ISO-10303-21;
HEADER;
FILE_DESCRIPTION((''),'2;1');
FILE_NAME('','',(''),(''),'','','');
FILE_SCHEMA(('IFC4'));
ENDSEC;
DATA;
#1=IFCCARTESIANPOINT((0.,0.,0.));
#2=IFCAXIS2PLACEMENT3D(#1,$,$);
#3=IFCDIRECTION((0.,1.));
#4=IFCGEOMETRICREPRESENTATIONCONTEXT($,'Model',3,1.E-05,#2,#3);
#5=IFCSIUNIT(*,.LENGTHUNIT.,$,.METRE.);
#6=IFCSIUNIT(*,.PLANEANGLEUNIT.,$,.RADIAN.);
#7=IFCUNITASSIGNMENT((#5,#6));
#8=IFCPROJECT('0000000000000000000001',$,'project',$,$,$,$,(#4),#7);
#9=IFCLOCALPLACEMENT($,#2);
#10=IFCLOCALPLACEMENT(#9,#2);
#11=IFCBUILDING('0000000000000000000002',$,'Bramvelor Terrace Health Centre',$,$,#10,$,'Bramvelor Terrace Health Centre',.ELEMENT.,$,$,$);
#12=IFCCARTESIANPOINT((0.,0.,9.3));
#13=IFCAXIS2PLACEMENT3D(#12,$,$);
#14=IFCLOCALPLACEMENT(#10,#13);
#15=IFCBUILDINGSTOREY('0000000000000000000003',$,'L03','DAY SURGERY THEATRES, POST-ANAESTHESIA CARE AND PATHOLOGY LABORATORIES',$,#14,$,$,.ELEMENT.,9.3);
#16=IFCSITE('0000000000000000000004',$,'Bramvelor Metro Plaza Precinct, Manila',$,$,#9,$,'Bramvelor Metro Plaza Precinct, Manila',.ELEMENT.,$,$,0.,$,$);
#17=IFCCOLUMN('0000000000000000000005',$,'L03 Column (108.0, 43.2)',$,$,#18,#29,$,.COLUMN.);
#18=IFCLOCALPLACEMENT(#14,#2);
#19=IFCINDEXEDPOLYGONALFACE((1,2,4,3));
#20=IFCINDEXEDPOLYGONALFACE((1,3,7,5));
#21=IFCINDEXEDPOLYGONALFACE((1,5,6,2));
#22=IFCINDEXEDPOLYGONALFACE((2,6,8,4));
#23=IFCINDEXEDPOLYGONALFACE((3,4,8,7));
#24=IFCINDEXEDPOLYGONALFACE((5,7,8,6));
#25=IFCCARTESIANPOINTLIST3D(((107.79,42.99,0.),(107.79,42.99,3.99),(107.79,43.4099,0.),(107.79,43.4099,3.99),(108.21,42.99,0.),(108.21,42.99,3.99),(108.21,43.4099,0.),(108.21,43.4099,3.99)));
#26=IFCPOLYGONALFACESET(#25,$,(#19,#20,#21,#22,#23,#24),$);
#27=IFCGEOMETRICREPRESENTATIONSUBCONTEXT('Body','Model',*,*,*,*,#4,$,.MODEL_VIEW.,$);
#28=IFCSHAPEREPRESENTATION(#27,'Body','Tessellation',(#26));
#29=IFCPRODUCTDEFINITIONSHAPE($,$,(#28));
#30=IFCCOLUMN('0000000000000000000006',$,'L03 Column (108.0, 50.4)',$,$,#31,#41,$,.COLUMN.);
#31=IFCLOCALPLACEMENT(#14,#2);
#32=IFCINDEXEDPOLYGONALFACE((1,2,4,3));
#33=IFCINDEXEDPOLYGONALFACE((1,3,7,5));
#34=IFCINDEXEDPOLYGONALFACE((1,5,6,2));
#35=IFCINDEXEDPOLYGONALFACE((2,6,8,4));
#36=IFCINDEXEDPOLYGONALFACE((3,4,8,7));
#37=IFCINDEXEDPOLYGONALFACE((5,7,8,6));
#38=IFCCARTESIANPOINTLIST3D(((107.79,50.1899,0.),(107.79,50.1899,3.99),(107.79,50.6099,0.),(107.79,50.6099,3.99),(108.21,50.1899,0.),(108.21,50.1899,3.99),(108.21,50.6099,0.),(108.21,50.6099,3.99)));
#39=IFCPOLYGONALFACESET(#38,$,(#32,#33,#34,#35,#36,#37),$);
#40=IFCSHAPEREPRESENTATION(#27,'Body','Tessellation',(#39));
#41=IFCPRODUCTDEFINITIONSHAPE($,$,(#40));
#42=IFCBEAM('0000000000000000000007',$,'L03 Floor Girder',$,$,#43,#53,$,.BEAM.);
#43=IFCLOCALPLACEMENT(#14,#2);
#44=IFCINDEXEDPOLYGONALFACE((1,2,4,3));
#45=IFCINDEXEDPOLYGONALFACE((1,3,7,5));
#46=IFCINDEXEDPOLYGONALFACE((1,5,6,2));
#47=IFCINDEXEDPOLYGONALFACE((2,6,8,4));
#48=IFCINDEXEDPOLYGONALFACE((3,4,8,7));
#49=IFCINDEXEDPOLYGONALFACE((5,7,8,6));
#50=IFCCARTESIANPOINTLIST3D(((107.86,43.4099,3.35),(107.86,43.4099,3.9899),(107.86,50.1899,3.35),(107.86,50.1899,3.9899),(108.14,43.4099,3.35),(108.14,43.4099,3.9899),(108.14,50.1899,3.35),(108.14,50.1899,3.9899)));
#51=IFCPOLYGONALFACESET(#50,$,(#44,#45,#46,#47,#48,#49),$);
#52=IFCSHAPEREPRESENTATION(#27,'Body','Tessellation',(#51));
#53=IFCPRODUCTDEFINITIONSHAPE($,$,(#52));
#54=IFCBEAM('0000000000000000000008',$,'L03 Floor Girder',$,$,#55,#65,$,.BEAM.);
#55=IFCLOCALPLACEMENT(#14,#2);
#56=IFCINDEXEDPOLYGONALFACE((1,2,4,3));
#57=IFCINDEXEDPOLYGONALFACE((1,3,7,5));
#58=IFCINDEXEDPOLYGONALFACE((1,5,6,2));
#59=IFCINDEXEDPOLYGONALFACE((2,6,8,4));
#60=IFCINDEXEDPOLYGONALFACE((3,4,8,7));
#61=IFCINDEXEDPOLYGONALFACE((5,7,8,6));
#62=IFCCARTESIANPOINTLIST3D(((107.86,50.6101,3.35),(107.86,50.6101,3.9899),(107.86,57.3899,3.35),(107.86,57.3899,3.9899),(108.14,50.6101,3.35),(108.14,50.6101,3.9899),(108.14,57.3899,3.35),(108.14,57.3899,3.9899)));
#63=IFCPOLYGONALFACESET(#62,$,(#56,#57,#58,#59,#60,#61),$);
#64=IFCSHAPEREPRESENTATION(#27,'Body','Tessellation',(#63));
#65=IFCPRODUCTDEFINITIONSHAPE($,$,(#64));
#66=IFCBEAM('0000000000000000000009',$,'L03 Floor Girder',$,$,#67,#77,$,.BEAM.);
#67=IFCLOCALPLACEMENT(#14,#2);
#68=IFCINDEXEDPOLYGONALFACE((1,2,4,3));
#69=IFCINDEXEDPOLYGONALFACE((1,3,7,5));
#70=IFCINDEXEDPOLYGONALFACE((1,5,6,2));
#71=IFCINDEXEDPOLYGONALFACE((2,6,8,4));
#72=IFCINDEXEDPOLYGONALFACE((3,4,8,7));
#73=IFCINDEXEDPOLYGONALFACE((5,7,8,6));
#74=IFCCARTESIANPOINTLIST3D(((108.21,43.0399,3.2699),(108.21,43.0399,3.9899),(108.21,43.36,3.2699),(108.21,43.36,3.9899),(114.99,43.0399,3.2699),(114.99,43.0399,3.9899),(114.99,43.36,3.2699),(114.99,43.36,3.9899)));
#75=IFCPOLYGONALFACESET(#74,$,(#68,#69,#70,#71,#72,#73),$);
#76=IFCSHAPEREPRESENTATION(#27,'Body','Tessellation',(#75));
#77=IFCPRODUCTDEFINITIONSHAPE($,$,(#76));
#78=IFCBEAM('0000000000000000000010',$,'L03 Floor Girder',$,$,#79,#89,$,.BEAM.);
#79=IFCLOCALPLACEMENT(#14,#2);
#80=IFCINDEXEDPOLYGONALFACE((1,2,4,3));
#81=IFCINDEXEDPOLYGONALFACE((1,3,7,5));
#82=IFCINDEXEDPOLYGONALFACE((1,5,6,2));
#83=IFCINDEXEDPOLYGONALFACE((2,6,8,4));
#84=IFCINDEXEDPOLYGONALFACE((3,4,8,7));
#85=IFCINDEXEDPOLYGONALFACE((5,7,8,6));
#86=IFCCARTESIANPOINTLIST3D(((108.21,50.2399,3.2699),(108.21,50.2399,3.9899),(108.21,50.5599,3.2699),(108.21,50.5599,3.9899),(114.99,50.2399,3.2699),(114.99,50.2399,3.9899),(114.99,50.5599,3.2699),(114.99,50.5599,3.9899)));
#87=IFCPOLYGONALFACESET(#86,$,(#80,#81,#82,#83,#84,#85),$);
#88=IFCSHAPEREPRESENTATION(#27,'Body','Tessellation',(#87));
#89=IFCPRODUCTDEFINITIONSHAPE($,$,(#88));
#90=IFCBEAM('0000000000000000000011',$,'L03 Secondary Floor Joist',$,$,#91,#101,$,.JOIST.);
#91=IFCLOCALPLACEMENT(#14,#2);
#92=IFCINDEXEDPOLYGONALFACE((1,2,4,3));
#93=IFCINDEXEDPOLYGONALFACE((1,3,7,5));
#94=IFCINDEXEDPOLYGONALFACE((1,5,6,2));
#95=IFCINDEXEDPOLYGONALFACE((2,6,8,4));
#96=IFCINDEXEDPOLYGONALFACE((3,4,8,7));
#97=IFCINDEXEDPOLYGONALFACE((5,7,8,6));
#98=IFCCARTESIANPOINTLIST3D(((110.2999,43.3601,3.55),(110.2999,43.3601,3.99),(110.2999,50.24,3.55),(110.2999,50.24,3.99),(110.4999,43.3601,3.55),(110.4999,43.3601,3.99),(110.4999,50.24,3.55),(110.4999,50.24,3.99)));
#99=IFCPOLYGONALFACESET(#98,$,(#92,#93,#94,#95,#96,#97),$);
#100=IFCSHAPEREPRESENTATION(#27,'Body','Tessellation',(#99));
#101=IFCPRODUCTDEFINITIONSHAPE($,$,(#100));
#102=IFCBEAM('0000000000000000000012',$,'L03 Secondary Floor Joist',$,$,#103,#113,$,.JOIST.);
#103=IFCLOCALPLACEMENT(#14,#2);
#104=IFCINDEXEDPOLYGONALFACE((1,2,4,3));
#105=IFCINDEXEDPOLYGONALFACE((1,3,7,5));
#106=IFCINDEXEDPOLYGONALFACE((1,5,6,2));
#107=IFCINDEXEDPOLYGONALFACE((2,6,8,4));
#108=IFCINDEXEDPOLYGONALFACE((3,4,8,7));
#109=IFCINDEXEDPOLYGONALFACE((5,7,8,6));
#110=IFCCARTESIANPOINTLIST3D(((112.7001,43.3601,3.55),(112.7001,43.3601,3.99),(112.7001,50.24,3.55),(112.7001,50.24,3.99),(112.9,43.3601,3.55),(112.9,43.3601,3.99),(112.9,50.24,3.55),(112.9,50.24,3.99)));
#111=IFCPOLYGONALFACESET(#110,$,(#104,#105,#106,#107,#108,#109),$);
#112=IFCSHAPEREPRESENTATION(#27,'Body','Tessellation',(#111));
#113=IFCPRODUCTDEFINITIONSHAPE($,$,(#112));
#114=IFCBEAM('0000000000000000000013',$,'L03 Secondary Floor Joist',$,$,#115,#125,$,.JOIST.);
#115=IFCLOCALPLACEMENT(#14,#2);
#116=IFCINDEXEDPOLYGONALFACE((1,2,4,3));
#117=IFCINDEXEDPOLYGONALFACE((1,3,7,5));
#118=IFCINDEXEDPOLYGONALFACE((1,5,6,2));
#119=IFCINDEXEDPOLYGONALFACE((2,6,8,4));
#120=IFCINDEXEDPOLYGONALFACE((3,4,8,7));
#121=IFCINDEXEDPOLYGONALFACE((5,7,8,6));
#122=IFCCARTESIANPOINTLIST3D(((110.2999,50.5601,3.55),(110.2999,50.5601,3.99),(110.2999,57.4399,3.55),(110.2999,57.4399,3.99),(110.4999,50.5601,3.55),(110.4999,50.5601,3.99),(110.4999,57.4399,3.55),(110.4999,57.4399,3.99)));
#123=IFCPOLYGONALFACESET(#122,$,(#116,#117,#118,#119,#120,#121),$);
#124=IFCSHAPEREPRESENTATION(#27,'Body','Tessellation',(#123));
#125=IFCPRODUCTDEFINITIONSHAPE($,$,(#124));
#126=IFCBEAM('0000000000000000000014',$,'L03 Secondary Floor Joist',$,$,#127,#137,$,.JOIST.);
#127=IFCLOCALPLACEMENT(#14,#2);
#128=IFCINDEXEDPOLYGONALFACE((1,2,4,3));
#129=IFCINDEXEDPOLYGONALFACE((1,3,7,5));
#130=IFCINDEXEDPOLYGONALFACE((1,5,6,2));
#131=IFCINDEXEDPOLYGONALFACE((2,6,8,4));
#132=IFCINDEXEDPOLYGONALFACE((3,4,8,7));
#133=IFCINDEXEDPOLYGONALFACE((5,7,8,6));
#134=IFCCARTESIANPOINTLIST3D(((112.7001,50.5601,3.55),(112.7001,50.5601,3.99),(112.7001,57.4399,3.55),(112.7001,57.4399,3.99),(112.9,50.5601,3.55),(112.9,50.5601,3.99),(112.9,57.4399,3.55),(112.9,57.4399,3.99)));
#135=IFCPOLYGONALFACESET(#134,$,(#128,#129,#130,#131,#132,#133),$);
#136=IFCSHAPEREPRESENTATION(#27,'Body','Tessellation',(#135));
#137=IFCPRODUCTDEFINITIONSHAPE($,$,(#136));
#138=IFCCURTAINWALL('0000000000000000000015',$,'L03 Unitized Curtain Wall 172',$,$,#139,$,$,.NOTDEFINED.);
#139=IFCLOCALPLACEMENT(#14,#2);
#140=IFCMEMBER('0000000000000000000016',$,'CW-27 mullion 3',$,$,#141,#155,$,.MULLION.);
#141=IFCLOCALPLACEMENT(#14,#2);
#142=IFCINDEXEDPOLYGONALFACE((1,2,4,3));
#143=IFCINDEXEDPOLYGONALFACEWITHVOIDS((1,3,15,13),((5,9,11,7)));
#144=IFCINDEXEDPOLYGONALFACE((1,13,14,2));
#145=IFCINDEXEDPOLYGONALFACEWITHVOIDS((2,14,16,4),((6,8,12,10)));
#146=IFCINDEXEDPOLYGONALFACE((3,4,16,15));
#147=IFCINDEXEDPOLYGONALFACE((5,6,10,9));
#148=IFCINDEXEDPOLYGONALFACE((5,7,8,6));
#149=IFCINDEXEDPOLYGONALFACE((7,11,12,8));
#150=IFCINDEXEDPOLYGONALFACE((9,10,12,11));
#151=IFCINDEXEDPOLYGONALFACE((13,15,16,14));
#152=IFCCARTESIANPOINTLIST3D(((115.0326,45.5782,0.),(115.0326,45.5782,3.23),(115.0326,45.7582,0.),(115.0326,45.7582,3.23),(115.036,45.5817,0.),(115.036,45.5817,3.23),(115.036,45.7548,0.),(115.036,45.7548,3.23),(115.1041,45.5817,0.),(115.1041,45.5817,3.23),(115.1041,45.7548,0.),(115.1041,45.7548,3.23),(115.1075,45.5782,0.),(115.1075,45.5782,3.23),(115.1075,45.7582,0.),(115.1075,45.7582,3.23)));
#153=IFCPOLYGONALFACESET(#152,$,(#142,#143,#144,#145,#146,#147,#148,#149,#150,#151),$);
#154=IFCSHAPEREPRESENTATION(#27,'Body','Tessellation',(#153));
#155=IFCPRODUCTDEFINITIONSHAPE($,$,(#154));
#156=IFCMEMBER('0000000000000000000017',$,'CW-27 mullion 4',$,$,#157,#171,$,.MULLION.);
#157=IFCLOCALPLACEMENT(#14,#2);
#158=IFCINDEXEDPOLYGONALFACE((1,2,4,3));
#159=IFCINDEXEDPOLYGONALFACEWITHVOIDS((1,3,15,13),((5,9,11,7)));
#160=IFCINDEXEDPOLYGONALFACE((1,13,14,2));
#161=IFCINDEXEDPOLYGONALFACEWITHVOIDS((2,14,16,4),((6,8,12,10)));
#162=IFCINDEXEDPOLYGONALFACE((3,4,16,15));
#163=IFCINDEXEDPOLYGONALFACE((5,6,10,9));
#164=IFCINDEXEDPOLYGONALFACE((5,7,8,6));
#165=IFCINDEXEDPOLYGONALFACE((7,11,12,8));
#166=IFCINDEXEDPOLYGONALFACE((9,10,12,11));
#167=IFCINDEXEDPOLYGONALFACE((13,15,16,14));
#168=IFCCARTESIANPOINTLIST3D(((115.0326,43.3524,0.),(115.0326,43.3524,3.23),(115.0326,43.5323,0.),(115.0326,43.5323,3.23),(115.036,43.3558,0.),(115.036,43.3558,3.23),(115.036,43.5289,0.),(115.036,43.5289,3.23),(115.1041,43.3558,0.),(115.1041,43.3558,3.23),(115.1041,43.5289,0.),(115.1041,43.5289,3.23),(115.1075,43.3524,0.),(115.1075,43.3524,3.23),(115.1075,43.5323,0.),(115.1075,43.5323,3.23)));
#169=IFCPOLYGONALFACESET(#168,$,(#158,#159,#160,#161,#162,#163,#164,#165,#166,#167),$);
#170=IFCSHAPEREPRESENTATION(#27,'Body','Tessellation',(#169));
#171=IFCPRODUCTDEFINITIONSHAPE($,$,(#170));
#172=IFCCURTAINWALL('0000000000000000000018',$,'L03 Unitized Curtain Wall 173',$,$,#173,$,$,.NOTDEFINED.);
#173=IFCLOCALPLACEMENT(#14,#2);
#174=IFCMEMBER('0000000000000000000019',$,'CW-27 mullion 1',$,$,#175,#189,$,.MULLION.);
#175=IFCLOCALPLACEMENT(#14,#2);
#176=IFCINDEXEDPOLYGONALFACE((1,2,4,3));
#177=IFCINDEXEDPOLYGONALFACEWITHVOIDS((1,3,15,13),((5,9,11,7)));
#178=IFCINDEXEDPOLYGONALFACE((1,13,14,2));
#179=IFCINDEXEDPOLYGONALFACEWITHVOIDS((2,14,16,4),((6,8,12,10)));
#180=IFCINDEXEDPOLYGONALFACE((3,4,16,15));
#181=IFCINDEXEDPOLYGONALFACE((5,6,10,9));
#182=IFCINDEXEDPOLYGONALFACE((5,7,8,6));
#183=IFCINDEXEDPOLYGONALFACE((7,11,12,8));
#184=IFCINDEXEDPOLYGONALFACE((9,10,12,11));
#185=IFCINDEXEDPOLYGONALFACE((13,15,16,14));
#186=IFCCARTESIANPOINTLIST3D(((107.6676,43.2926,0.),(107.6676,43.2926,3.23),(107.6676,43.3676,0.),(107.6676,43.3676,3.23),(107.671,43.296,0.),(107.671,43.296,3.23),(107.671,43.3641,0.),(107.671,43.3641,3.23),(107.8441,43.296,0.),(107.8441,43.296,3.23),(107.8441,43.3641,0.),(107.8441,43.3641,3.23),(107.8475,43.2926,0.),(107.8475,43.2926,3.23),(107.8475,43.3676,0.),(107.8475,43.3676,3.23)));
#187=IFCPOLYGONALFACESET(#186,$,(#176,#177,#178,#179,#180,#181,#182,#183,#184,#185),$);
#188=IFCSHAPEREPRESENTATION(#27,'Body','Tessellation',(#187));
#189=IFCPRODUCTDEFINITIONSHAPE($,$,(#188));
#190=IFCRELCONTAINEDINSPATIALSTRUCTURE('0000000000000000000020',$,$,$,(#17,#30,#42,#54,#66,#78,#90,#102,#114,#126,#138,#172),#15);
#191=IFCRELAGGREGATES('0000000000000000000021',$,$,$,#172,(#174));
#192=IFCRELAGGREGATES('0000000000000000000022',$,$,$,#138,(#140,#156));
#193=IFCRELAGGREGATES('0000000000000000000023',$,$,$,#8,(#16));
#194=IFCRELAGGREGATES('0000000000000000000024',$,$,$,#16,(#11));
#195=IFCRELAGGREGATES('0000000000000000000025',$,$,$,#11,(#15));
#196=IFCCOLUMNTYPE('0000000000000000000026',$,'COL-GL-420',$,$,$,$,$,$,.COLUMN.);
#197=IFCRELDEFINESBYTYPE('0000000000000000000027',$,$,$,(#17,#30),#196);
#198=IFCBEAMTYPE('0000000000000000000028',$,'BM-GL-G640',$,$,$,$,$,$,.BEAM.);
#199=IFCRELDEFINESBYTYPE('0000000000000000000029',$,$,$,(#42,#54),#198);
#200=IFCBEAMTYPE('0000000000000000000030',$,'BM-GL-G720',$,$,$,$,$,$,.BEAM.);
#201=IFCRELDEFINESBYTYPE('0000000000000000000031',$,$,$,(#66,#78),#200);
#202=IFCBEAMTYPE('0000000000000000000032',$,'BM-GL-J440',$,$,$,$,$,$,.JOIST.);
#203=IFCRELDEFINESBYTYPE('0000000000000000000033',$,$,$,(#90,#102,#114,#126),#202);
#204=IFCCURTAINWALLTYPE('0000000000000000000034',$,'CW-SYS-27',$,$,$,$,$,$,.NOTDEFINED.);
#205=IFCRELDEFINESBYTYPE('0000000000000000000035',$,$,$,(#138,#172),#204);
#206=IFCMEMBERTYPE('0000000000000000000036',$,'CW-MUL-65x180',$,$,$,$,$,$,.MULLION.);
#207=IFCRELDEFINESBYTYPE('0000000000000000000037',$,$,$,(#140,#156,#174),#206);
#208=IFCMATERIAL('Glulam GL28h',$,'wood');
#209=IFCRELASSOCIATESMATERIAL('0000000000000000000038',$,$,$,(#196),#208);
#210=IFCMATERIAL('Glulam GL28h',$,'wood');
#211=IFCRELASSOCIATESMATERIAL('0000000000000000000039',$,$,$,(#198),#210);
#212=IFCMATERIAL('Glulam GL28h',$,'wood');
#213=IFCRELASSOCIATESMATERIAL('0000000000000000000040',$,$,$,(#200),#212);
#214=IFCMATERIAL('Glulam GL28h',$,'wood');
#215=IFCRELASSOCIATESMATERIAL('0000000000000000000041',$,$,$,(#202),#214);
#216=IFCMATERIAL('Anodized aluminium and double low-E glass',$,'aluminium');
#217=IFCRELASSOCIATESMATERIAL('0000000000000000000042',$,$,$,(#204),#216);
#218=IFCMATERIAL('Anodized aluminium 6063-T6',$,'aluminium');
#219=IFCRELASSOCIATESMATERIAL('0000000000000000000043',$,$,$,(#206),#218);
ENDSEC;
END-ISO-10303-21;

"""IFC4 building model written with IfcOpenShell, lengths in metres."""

from ifc_helpers import new_model, si_unit, direction, frame, origin, origin_2d, place, context, subcontext, project, spatial, rectangle, hollow_rectangle, extrude, material, material_profile, profile_set, type_object, element, aggregate, save


model = new_model("IFC4")

# Units and contexts
model_context = context("Model", 3, precision=1e-05, world=origin(), true_north=direction((0.0, 1.0)))
body_context = subcontext(model_context, "Body", "Model", "MODEL_VIEW")
ifc_project = project(units=[si_unit("LENGTHUNIT", "METRE"), si_unit("PLANEANGLEUNIT", "RADIAN")], contexts=[model_context])

# Site, building, storey
site_placement = place(None, origin())
site = spatial("IfcSite", under=ifc_project, at=site_placement, Name="Bramvelor Metro Plaza Precinct, Manila", LongName="Bramvelor Metro Plaza Precinct, Manila", CompositionType="ELEMENT", RefElevation=0.0)
building_placement = place(site_placement, origin())
building = spatial("IfcBuilding", under=site, at=building_placement, Name="Bramvelor Terrace Health Centre", LongName="Bramvelor Terrace Health Centre", CompositionType="ELEMENT")
storey_placement = place(building_placement, frame((0.0, 0.0, 9.3)))
storey = spatial("IfcBuildingStorey", under=building, at=storey_placement, Name="L03", Description="DAY SURGERY THEATRES, POST-ANAESTHESIA CARE AND PATHOLOGY LABORATORIES", CompositionType="ELEMENT", Elevation=9.3)

# Columns
ifc_material_1 = material(Name="Glulam GL28h", Category="wood")
ifc_material_profile_1 = material_profile(ifc_material_1, rectangle(XDim=0.4199, YDim=0.4199, at=origin_2d()), Name="GL 420x420")
ifc_profile_set_1 = profile_set([ifc_material_profile_1], Name="Glulam GL28h")
column_type = type_object("IfcColumnType", Name="COL-GL-420", PredefinedType="COLUMN", material=ifc_profile_set_1)
for number, where, z_axis, x_axis, name in (
    (1, (108.0, 43.2, 0.0), (0.0, 0.0, 1.0), (1.0, 0.0, 0.0), "L03 Column (108.0, 43.2)"),
    (2, (108.0, 50.3999, 0.0), (0.0, 0.0, 1.0), (1.0, 0.0, 0.0), "L03 Column (108.0, 50.4)"),
):
    element("IfcColumn", number, at=place(storey_placement, frame(where, z_axis=z_axis, x_axis=x_axis)), inside=storey, type_object=column_type, Name=name, PredefinedType="COLUMN", context=body_context, shape_type="SweptSolid", body=[
        extrude(rectangle(XDim=0.4199, YDim=0.4199, at=origin_2d()), origin(), (0.0, 0.0, 1.0), 3.99),
    ])

# Beams
ifc_material_2 = material(Name="Glulam GL28h", Category="wood")
ifc_material_profile_2 = material_profile(ifc_material_2, rectangle(XDim=0.28, YDim=0.6399, at=origin_2d()), Name="GL 280x640")
ifc_profile_set_2 = profile_set([ifc_material_profile_2], Name="Glulam GL28h")
beam_type_1 = type_object("IfcBeamType", Name="BM-GL-G640", PredefinedType="BEAM", material=ifc_profile_set_2)
beam_1_placement = place(storey_placement, frame((108.0, 43.4099, 3.6699), z_axis=(0.0, 1.0, 0.0), x_axis=(-1.0, 0.0, 0.0)))
element("IfcBeam", 3, at=beam_1_placement, inside=storey, type_object=beam_type_1, Name="L03 Floor Girder", PredefinedType="BEAM", context=body_context, shape_type="SweptSolid", body=[
    extrude(rectangle(XDim=0.28, YDim=0.6399, at=origin_2d()), origin(), (0.0, 0.0, 1.0), 6.78),
])
beam_2_placement = place(storey_placement, frame((108.0, 50.6101, 3.6699), z_axis=(0.0, 1.0, 0.0), x_axis=(-1.0, 0.0, 0.0)))
element("IfcBeam", 4, at=beam_2_placement, inside=storey, type_object=beam_type_1, Name="L03 Floor Girder", PredefinedType="BEAM", context=body_context, shape_type="SweptSolid", body=[
    extrude(rectangle(XDim=0.28, YDim=0.6399, at=origin_2d()), origin(), (0.0, 0.0, 1.0), 6.7798),
])
ifc_material_3 = material(Name="Glulam GL28h", Category="wood")
ifc_material_profile_3 = material_profile(ifc_material_3, rectangle(XDim=0.3201, YDim=0.72, at=origin_2d()), Name="GL 320x720")
ifc_profile_set_3 = profile_set([ifc_material_profile_3], Name="Glulam GL28h")
beam_type_2 = type_object("IfcBeamType", Name="BM-GL-G720", PredefinedType="BEAM", material=ifc_profile_set_3)
for number, where, z_axis, x_axis, name in (
    (5, (108.21, 43.2, 3.6299), (1.0, 0.0, 0.0), (0.0, 1.0, 0.0), "L03 Floor Girder"),
    (6, (108.21, 50.3999, 3.6299), (1.0, 0.0, 0.0), (0.0, 1.0, 0.0), "L03 Floor Girder"),
):
    element("IfcBeam", number, at=place(storey_placement, frame(where, z_axis=z_axis, x_axis=x_axis)), inside=storey, type_object=beam_type_2, Name=name, PredefinedType="BEAM", context=body_context, shape_type="SweptSolid", body=[
        extrude(rectangle(XDim=0.3201, YDim=0.72, at=origin_2d()), origin(), (0.0, 0.0, 1.0), 6.78),
    ])
ifc_material_4 = material(Name="Glulam GL28h", Category="wood")
ifc_material_profile_4 = material_profile(ifc_material_4, rectangle(XDim=0.2, YDim=0.4399, at=origin_2d()), Name="GL 200x440")
ifc_profile_set_4 = profile_set([ifc_material_profile_4], Name="Glulam GL28h")
beam_type_3 = type_object("IfcBeamType", Name="BM-GL-J440", PredefinedType="JOIST", material=ifc_profile_set_4)
for number, where, z_axis, x_axis, name in (
    (7, (110.3999, 43.3601, 3.77), (0.0, 1.0, 0.0), (-1.0, 0.0, 0.0), "L03 Secondary Floor Joist"),
    (8, (112.8, 43.3601, 3.77), (0.0, 1.0, 0.0), (-1.0, 0.0, 0.0), "L03 Secondary Floor Joist"),
    (9, (110.3999, 50.5601, 3.77), (0.0, 1.0, 0.0), (-1.0, 0.0, 0.0), "L03 Secondary Floor Joist"),
    (10, (112.8, 50.5601, 3.77), (0.0, 1.0, 0.0), (-1.0, 0.0, 0.0), "L03 Secondary Floor Joist"),
):
    element("IfcBeam", number, at=place(storey_placement, frame(where, z_axis=z_axis, x_axis=x_axis)), inside=storey, type_object=beam_type_3, Name=name, PredefinedType="JOIST", context=body_context, shape_type="SweptSolid", body=[
        extrude(rectangle(XDim=0.2, YDim=0.4399, at=origin_2d()), origin(), (0.0, 0.0, 1.0), 6.8799),
    ])

# Curtain wall, members
ifc_material_5 = material(Name="Anodized aluminium and double low-E glass", Category="aluminium")
curtain_wall_type = type_object("IfcCurtainWallType", Name="CW-SYS-27", PredefinedType="NOTDEFINED", material=ifc_material_5)
curtain_wall_1_placement = place(storey_placement, origin())
curtain_wall_1 = element("IfcCurtainWall", 11, at=curtain_wall_1_placement, inside=storey, type_object=curtain_wall_type, Name="L03 Unitized Curtain Wall 172", PredefinedType="NOTDEFINED")
ifc_material_6 = material(Name="Anodized aluminium 6063-T6", Category="aluminium")
ifc_material_profile_5 = material_profile(ifc_material_6, hollow_rectangle(XDim=0.075, YDim=0.1799, WallThickness=0.0034, at=origin_2d()), Name="ALU-MUL 75x180x3.5")
ifc_profile_set_5 = profile_set([ifc_material_profile_5], Name="Anodized aluminium 6063-T6")
member_type_1 = type_object("IfcMemberType", Name="CW-MUL-65x180", PredefinedType="MULLION", material=ifc_profile_set_5)
member_1_placement = place(storey_placement, frame((115.0701, 45.6682, 0.0), z_axis=(0.0, 0.0, 1.0), x_axis=(1.0, 0.0, 0.0)))
member_1 = element("IfcMember", 12, at=member_1_placement, type_object=member_type_1, Name="CW-27 mullion 3", PredefinedType="MULLION", context=body_context, shape_type="SweptSolid", body=[
    extrude(hollow_rectangle(XDim=0.075, YDim=0.1799, WallThickness=0.0034, at=origin_2d()), origin(), (0.0, 0.0, 1.0), 3.23),
])
member_2_placement = place(storey_placement, frame((115.0701, 43.4424, 0.0), z_axis=(0.0, 0.0, 1.0), x_axis=(1.0, 0.0, 0.0)))
member_2 = element("IfcMember", 13, at=member_2_placement, type_object=member_type_1, Name="CW-27 mullion 4", PredefinedType="MULLION", context=body_context, shape_type="SweptSolid", body=[
    extrude(hollow_rectangle(XDim=0.075, YDim=0.1799, WallThickness=0.0034, at=origin_2d()), origin(), (0.0, 0.0, 1.0), 3.23),
])

# Curtain wall, member
curtain_wall_2_placement = place(storey_placement, origin())
curtain_wall_2 = element("IfcCurtainWall", 14, at=curtain_wall_2_placement, inside=storey, type_object=curtain_wall_type, Name="L03 Unitized Curtain Wall 173", PredefinedType="NOTDEFINED")
member_3_placement = place(storey_placement, frame((107.7576, 43.3301, 0.0), z_axis=(0.0, 0.0, 1.0), x_axis=(0.0, -1.0, 0.0)))
member_3 = element("IfcMember", 15, at=member_3_placement, type_object=member_type_1, Name="CW-27 mullion 1", PredefinedType="MULLION", context=body_context, shape_type="SweptSolid", body=[
    extrude(hollow_rectangle(XDim=0.075, YDim=0.1799, WallThickness=0.0034, at=origin_2d()), origin(), (0.0, 0.0, 1.0), 3.23),
])

aggregate(curtain_wall_2, [member_3])

aggregate(curtain_wall_1, [member_1, member_2])

save(model, "model.ifc")
